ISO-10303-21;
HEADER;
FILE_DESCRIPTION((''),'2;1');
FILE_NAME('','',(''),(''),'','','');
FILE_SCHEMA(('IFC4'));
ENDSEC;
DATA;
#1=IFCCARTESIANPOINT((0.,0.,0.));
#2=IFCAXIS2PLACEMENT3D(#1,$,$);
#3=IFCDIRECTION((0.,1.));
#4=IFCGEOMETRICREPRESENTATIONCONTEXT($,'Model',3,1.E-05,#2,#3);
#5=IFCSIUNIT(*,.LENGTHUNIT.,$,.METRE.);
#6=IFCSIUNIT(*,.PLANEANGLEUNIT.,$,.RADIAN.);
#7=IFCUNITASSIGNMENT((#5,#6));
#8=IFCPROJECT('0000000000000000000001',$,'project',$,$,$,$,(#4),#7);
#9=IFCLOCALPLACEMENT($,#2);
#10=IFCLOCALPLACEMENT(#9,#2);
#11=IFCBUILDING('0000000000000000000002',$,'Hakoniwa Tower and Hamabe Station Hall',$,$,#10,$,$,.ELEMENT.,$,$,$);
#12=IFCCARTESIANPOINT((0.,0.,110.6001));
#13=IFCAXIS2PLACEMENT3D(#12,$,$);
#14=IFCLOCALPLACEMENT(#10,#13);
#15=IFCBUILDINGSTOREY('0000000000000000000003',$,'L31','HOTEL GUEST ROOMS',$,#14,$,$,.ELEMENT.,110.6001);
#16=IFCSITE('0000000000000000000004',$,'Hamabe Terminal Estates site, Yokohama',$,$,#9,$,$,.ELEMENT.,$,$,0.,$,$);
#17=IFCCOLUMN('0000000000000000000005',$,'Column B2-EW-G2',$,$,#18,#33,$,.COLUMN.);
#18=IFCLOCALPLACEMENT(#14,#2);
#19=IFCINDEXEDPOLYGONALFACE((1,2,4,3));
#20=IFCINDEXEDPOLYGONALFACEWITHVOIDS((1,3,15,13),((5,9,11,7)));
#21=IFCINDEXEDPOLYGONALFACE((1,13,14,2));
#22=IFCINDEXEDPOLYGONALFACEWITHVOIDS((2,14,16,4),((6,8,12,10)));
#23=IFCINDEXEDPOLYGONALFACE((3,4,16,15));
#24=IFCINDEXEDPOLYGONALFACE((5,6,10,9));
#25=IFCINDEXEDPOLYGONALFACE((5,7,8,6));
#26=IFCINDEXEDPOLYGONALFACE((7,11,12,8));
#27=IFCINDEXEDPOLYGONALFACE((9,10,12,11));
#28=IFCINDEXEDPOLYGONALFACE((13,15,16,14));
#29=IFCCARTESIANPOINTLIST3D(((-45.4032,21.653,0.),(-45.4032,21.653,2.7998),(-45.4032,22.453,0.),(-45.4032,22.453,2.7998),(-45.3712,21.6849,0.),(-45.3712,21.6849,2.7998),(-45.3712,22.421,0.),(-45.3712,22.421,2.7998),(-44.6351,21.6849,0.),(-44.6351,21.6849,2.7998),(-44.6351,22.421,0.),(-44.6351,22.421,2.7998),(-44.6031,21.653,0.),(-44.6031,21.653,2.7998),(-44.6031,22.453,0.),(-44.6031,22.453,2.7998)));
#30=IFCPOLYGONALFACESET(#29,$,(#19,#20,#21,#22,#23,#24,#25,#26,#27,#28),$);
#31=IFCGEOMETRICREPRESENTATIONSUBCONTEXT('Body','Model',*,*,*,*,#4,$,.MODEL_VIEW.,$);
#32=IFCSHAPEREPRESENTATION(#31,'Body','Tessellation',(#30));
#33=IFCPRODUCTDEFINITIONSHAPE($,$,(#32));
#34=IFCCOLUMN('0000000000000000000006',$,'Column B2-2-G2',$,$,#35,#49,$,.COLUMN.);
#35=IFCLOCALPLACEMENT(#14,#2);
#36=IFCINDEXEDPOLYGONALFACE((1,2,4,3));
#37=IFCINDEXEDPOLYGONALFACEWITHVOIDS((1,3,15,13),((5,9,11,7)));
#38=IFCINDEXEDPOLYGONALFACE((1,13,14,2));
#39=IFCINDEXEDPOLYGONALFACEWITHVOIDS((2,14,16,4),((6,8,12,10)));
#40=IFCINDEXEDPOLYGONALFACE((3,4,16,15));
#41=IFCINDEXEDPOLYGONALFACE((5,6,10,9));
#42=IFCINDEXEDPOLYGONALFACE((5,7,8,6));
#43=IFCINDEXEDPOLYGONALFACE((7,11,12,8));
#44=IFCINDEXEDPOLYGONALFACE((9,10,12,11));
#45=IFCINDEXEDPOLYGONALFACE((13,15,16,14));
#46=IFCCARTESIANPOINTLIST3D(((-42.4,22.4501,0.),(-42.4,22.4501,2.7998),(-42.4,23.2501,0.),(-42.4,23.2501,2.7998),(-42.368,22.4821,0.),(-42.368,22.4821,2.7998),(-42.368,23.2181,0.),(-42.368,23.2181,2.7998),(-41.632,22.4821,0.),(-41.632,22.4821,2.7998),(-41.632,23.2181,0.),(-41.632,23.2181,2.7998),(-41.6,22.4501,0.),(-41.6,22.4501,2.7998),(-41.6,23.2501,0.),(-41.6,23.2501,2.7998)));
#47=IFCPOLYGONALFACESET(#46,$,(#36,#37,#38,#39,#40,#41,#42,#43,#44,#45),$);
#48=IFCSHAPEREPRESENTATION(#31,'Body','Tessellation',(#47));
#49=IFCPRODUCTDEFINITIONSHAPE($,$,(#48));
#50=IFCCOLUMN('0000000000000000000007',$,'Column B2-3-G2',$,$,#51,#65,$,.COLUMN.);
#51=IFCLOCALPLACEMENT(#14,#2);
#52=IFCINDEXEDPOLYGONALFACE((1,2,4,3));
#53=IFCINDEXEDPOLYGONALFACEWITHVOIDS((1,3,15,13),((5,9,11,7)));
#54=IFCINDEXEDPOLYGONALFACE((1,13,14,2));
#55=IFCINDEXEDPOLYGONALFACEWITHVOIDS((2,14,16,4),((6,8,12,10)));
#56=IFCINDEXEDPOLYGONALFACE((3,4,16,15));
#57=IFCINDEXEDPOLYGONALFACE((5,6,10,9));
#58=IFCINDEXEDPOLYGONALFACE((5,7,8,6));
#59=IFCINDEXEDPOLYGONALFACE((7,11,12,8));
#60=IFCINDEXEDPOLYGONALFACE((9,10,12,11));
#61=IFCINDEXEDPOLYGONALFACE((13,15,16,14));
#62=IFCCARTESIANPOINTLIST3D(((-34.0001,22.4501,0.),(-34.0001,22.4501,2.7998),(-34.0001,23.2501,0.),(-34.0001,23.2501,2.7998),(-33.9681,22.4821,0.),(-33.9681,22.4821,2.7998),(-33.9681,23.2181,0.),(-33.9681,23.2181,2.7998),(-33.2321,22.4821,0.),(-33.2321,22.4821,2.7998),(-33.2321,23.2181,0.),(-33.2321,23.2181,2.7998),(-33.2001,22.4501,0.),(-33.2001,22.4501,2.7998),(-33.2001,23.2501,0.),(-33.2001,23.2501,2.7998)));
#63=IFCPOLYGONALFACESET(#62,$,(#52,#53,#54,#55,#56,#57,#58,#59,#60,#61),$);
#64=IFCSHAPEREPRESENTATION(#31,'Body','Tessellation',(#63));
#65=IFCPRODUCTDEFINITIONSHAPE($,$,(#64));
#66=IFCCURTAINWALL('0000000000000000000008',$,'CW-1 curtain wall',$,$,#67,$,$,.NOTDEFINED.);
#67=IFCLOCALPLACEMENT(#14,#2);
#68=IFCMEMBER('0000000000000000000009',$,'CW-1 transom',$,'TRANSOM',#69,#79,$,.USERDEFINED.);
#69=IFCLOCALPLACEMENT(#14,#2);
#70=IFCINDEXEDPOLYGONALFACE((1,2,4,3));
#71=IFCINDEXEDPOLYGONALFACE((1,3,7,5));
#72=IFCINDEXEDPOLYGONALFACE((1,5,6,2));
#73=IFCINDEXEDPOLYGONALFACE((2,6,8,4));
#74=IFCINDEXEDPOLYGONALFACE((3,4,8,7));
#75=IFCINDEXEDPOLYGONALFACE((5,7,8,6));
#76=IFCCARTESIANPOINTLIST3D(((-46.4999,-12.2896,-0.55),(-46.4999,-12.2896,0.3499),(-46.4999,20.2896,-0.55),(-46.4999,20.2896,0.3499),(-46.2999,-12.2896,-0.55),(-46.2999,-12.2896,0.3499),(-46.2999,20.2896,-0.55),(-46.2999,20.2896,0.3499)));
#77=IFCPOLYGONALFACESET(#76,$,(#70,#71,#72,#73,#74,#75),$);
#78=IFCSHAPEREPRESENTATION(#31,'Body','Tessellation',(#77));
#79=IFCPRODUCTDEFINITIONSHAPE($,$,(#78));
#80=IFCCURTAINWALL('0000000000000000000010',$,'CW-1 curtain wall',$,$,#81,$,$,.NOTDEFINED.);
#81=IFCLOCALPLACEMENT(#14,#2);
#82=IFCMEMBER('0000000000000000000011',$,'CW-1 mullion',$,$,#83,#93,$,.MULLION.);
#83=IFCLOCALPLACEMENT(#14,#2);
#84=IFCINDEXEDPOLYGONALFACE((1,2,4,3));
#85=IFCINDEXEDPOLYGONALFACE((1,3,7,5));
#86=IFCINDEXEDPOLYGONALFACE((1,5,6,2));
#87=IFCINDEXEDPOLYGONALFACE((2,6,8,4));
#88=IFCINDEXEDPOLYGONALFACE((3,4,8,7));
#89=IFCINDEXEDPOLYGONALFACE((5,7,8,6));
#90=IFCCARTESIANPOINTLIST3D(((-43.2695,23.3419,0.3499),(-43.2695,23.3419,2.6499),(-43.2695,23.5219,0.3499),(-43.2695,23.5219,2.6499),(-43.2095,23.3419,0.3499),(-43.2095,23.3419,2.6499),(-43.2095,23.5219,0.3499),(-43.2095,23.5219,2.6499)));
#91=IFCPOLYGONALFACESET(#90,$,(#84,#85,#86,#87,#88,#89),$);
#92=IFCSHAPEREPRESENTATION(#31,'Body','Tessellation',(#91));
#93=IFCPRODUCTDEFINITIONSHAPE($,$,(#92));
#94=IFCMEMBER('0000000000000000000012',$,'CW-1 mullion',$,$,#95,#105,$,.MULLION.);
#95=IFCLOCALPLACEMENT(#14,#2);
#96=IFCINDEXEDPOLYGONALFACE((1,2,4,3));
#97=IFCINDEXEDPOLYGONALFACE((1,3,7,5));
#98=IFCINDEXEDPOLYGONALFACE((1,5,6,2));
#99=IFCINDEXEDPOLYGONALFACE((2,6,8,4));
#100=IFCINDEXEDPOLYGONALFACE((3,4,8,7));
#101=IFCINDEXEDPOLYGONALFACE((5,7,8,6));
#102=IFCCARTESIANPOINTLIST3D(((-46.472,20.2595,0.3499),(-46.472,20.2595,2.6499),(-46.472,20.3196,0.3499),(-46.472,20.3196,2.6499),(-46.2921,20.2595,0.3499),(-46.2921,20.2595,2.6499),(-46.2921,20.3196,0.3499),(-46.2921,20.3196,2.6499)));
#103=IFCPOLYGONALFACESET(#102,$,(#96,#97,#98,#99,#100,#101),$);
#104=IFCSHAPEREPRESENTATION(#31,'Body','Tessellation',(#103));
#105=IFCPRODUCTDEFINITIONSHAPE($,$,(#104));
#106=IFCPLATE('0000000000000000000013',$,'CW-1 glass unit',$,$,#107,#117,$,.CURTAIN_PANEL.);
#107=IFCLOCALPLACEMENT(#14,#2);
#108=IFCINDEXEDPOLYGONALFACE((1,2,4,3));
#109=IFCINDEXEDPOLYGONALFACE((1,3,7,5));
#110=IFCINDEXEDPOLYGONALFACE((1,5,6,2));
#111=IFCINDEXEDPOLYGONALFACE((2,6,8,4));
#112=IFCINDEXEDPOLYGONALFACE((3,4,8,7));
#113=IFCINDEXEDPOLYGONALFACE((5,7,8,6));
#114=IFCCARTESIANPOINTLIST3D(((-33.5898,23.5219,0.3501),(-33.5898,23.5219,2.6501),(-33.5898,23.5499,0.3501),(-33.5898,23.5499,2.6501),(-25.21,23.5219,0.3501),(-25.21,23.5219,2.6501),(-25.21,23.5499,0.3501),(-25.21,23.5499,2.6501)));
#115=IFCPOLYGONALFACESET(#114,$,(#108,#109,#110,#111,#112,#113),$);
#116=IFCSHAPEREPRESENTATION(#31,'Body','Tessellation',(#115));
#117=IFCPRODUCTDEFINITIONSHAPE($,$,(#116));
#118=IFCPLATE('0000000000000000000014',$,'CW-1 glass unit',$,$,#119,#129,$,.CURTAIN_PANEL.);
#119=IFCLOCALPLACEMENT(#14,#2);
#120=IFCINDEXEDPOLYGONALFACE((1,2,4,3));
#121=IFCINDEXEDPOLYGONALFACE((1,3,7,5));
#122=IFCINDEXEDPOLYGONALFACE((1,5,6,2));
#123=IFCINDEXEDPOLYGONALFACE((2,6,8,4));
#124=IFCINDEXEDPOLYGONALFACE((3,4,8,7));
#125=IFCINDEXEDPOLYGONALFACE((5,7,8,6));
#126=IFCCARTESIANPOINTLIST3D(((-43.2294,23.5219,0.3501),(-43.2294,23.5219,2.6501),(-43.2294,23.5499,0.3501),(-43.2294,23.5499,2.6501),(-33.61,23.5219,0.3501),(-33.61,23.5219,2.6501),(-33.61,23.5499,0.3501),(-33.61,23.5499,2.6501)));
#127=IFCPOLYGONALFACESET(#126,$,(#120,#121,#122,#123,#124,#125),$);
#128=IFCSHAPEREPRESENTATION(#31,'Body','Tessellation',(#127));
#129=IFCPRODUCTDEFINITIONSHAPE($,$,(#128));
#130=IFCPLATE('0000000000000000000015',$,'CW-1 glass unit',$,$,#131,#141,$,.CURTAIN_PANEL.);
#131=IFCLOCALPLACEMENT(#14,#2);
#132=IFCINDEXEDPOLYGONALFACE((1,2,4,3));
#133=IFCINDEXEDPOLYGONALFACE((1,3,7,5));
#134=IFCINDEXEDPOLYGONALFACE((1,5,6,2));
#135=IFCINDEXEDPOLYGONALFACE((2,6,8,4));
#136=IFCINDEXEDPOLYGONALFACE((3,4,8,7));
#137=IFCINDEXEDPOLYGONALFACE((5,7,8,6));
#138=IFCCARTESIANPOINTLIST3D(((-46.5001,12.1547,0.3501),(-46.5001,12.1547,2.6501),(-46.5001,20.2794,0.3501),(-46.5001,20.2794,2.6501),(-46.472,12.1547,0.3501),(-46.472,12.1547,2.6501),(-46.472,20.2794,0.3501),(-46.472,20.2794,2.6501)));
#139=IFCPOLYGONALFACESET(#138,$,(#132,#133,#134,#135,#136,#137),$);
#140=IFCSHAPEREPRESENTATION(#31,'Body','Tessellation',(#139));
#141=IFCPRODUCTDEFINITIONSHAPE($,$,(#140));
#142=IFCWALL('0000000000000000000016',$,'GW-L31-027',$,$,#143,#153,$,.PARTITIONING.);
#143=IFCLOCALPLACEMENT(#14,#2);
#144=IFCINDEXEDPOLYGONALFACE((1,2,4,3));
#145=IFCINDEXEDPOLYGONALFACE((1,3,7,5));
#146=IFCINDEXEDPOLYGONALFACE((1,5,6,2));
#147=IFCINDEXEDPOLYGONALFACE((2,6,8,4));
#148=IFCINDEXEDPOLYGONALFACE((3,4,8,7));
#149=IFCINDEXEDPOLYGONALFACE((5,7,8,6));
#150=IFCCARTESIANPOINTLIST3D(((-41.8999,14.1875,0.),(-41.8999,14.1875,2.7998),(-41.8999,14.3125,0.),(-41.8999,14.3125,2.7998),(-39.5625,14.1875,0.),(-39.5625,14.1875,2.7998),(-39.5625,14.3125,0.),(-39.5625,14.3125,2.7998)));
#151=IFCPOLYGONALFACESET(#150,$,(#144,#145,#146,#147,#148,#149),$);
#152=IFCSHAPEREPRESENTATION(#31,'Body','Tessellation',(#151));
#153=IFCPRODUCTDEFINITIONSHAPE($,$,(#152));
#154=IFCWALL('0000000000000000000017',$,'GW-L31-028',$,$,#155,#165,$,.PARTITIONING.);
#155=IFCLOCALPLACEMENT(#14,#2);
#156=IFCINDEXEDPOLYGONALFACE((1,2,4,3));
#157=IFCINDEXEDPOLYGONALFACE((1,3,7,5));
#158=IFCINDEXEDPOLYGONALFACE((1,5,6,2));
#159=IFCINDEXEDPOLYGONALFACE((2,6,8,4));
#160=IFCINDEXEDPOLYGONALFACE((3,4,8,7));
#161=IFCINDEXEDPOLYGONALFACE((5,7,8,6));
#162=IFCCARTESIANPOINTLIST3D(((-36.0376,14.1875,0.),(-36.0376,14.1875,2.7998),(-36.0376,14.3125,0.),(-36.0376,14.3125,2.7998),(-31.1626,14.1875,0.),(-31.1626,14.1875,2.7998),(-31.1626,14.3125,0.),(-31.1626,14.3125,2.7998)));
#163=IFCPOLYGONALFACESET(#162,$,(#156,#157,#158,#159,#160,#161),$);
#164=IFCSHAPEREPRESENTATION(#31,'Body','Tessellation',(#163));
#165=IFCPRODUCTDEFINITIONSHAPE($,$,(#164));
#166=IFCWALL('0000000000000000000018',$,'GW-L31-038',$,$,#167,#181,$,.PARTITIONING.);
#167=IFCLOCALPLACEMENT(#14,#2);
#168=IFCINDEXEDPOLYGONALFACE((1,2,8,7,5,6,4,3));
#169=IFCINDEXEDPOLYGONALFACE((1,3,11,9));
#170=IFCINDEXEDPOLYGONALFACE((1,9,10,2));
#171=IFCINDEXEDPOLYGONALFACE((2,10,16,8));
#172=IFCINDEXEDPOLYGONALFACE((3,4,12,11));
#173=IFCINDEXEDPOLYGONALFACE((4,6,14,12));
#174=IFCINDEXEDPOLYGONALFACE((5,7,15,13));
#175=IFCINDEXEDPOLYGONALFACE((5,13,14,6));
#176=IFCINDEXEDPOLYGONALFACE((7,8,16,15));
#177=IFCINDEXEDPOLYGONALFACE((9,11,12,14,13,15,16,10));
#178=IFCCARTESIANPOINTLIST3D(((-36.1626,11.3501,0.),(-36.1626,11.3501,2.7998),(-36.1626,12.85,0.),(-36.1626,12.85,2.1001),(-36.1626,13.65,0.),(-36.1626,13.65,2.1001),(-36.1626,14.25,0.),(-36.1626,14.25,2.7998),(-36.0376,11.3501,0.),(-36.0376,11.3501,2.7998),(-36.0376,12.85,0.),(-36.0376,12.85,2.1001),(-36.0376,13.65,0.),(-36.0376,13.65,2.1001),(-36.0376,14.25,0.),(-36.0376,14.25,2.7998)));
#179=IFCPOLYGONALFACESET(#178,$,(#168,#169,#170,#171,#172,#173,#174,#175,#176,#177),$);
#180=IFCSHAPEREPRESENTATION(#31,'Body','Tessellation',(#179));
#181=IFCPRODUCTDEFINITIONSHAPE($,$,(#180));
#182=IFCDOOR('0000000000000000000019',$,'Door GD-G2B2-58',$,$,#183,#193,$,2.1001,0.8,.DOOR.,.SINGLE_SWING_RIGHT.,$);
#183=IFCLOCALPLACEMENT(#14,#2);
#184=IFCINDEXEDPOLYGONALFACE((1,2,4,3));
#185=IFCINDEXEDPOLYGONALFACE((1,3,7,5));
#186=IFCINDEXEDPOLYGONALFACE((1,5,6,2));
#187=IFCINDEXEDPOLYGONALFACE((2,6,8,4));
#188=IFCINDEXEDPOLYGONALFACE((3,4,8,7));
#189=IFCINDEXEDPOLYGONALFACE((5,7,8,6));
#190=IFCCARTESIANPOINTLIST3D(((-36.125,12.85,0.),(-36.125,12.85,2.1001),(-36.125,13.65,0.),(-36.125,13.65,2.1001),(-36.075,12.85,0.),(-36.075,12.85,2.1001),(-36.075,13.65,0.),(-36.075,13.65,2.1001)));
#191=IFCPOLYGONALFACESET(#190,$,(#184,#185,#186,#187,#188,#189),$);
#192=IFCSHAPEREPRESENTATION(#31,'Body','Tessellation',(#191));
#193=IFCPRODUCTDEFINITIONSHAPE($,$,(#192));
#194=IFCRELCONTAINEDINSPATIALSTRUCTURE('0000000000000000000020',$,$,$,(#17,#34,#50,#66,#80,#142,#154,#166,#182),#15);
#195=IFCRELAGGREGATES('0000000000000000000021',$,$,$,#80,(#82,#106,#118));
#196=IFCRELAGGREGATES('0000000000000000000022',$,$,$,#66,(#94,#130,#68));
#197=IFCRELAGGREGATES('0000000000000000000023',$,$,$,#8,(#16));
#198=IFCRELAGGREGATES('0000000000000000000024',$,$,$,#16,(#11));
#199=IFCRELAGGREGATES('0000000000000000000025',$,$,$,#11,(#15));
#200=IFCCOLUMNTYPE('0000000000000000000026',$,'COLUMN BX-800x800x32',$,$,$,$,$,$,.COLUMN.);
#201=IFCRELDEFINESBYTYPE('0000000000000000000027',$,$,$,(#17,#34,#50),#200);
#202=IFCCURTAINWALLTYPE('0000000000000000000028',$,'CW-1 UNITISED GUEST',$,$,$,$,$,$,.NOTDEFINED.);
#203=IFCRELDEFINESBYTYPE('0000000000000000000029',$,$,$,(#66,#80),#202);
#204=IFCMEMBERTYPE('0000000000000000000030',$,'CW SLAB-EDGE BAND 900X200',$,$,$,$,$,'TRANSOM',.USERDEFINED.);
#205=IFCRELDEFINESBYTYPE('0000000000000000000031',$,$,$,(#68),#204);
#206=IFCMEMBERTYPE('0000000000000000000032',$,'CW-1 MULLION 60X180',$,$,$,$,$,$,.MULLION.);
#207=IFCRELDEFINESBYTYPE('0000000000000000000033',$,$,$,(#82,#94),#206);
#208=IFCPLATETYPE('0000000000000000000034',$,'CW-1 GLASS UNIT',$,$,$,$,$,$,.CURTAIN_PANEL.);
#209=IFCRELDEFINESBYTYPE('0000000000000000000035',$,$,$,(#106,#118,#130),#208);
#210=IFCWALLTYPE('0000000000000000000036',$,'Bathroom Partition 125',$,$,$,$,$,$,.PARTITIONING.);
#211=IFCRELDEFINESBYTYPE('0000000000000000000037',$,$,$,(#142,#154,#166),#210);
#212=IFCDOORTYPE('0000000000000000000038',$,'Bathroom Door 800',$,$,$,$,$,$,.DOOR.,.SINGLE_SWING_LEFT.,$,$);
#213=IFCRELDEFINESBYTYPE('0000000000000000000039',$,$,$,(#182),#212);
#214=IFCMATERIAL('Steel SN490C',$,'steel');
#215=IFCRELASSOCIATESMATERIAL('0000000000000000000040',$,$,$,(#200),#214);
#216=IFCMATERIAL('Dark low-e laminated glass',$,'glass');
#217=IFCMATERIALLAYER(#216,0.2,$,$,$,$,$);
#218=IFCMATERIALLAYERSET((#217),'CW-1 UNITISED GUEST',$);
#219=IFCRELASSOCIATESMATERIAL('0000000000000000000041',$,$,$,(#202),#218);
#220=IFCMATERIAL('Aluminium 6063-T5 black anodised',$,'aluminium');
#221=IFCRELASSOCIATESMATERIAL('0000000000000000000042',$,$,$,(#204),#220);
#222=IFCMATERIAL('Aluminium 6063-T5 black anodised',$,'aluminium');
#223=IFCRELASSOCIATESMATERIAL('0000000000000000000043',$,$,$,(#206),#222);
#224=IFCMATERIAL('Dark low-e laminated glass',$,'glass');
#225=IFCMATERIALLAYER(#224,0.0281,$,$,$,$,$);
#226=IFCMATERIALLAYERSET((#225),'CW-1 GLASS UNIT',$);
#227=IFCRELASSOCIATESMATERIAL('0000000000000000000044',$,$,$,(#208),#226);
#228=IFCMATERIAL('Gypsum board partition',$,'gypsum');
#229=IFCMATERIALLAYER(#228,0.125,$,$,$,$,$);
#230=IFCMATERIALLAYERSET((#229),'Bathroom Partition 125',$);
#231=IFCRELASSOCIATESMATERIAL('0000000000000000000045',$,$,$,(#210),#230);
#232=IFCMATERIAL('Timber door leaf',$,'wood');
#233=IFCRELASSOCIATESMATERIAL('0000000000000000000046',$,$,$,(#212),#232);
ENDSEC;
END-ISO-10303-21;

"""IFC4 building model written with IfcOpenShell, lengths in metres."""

from ifc_helpers import new_model, si_unit, direction, frame, frame_2d, origin, origin_2d, place, context, subcontext, project, spatial, rectangle, hollow_rectangle, extrude, material, layer, layer_set, material_profile, profile_set, type_object, element, fill, aggregate, save


model = new_model("IFC4")

# Units and contexts
model_context = context("Model", 3, precision=1e-05, world=origin(), true_north=direction((0.0, 1.0)))
body_context = subcontext(model_context, "Body", "Model", "MODEL_VIEW")
ifc_project = project(units=[si_unit("LENGTHUNIT", "METRE"), si_unit("PLANEANGLEUNIT", "RADIAN")], contexts=[model_context])

# Site, building, storey
site_placement = place(None, origin())
site = spatial("IfcSite", under=ifc_project, at=site_placement, Name="Hamabe Terminal Estates site, Yokohama", CompositionType="ELEMENT", RefElevation=0.0)
building_placement = place(site_placement, origin())
building = spatial("IfcBuilding", under=site, at=building_placement, Name="Hakoniwa Tower and Hamabe Station Hall", CompositionType="ELEMENT")
storey_placement = place(building_placement, frame((0.0, 0.0, 110.6001)))
storey = spatial("IfcBuildingStorey", under=building, at=storey_placement, Name="L31", Description="HOTEL GUEST ROOMS", CompositionType="ELEMENT", Elevation=110.6001)

# Columns
ifc_material_1 = material(Name="Steel SN490C", Category="steel")
ifc_material_profile_1 = material_profile(ifc_material_1, hollow_rectangle(XDim=0.8, YDim=0.8, WallThickness=0.032, at=origin_2d()), Name="BX-800x800x32")
ifc_profile_set_1 = profile_set([ifc_material_profile_1], Name="Steel SN490C")
column_type = type_object("IfcColumnType", Name="COLUMN BX-800x800x32", PredefinedType="COLUMN", material=ifc_profile_set_1)
for number, where, z_axis, x_axis, name in (
    (1, (-45.0032, 22.053, 0.0), (0.0, 0.0, 1.0), (1.0, 0.0, 0.0), "Column B2-EW-G2"),
    (2, (-42.0, 22.8501, 0.0), (0.0, 0.0, 1.0), (1.0, 0.0, 0.0), "Column B2-2-G2"),
    (3, (-33.6001, 22.8501, 0.0), (0.0, 0.0, 1.0), (1.0, 0.0, 0.0), "Column B2-3-G2"),
):
    element("IfcColumn", number, at=place(storey_placement, frame(where, z_axis=z_axis, x_axis=x_axis)), inside=storey, type_object=column_type, Name=name, PredefinedType="COLUMN", context=body_context, shape_type="SweptSolid", body=[
        extrude(hollow_rectangle(XDim=0.8, YDim=0.8, WallThickness=0.032, at=origin_2d()), origin(), (0.0, 0.0, 1.0), 2.7998),
    ])

# Curtain walls, members
ifc_material_2 = material(Name="Dark low-e laminated glass", Category="glass")
ifc_layer_1 = layer(ifc_material_2, 0.2)
ifc_layer_set_1 = layer_set([ifc_layer_1], Name="CW-1 UNITISED GUEST")
curtain_wall_type = type_object("IfcCurtainWallType", Name="CW-1 UNITISED GUEST", PredefinedType="NOTDEFINED", material=ifc_layer_set_1)
curtain_wall_1_placement = place(storey_placement, origin())
curtain_wall_1 = element("IfcCurtainWall", 4, at=curtain_wall_1_placement, inside=storey, type_object=curtain_wall_type, Name="CW-1 curtain wall", PredefinedType="NOTDEFINED")
ifc_material_3 = material(Name="Aluminium 6063-T5 black anodised", Category="aluminium")
ifc_material_profile_2 = material_profile(ifc_material_3, rectangle(XDim=0.2, YDim=0.8999, at=origin_2d()), Name="CW SLAB-EDGE BAND 900X200")
ifc_profile_set_2 = profile_set([ifc_material_profile_2], Name="Aluminium 6063-T5 black anodised")
member_type_1 = type_object("IfcMemberType", Name="CW SLAB-EDGE BAND 900X200", ElementType="TRANSOM", PredefinedType="USERDEFINED", material=ifc_profile_set_2)
member_1_placement = place(storey_placement, frame((-46.3999, 20.2896, -0.1001), z_axis=(0.0, -1.0, 0.0), x_axis=(1.0, 0.0, 0.0)))
member_1 = element("IfcMember", 5, at=member_1_placement, type_object=member_type_1, Name="CW-1 transom", ObjectType="TRANSOM", PredefinedType="USERDEFINED", context=body_context, shape_type="SweptSolid", body=[
    extrude(rectangle(XDim=0.2, YDim=0.8999, at=origin_2d()), origin(), (0.0, 0.0, 1.0), 32.5791),
])
curtain_wall_2_placement = place(storey_placement, origin())
curtain_wall_2 = element("IfcCurtainWall", 6, at=curtain_wall_2_placement, inside=storey, type_object=curtain_wall_type, Name="CW-1 curtain wall", PredefinedType="NOTDEFINED")
ifc_material_4 = material(Name="Aluminium 6063-T5 black anodised", Category="aluminium")
ifc_material_profile_3 = material_profile(ifc_material_4, rectangle(XDim=0.0601, YDim=0.1799, at=origin_2d()), Name="CW-1 MULLION 60X180")
ifc_profile_set_3 = profile_set([ifc_material_profile_3], Name="Aluminium 6063-T5 black anodised")
member_type_2 = type_object("IfcMemberType", Name="CW-1 MULLION 60X180", PredefinedType="MULLION", material=ifc_profile_set_3)
member_2_placement = place(storey_placement, frame((-43.2395, 23.4319, 0.3499), z_axis=(0.0, 0.0, 1.0), x_axis=(-1.0, 0.0, 0.0)))
member_2 = element("IfcMember", 7, at=member_2_placement, type_object=member_type_2, Name="CW-1 mullion", PredefinedType="MULLION", context=body_context, shape_type="SweptSolid", body=[
    extrude(rectangle(XDim=0.0601, YDim=0.1799, at=origin_2d()), origin(), (0.0, 0.0, 1.0), 2.3),
])

# Member
member_3_placement = place(storey_placement, frame((-46.3821, 20.2896, 0.3499), z_axis=(0.0, 0.0, 1.0), x_axis=(0.0, -1.0, 0.0)))
member_3 = element("IfcMember", 8, at=member_3_placement, type_object=member_type_2, Name="CW-1 mullion", PredefinedType="MULLION", context=body_context, shape_type="SweptSolid", body=[
    extrude(rectangle(XDim=0.0601, YDim=0.1799, at=origin_2d()), origin(), (0.0, 0.0, 1.0), 2.3),
])

# Plates
ifc_material_5 = material(Name="Dark low-e laminated glass", Category="glass")
ifc_layer_2 = layer(ifc_material_5, 0.0281)
ifc_layer_set_2 = layer_set([ifc_layer_2], Name="CW-1 GLASS UNIT")
plate_type = type_object("IfcPlateType", Name="CW-1 GLASS UNIT", PredefinedType="CURTAIN_PANEL", material=ifc_layer_set_2)
plate_1_placement = place(storey_placement, frame((-29.3999, 23.5359, 0.3501), z_axis=(0.0, 0.0, 1.0), x_axis=(-1.0, 0.0, 0.0)))
plate_1 = element("IfcPlate", 9, at=plate_1_placement, type_object=plate_type, Name="CW-1 glass unit", PredefinedType="CURTAIN_PANEL", context=body_context, shape_type="SweptSolid", body=[
    extrude(rectangle(XDim=8.3799, YDim=0.0281, at=origin_2d()), origin(), (0.0, 0.0, 1.0), 2.3),
])
plate_2_placement = place(storey_placement, frame((-38.4197, 23.5359, 0.3501), z_axis=(0.0, 0.0, 1.0), x_axis=(-1.0, 0.0, 0.0)))
plate_2 = element("IfcPlate", 10, at=plate_2_placement, type_object=plate_type, Name="CW-1 glass unit", PredefinedType="CURTAIN_PANEL", context=body_context, shape_type="SweptSolid", body=[
    extrude(rectangle(XDim=9.6194, YDim=0.0281, at=origin_2d()), origin(), (0.0, 0.0, 1.0), 2.3),
])
aggregate(curtain_wall_2, [member_2, plate_1, plate_2])
plate_3_placement = place(storey_placement, frame((-46.4861, 16.217, 0.3501), z_axis=(0.0, 0.0, 1.0), x_axis=(0.0, -1.0, 0.0)))
plate_3 = element("IfcPlate", 11, at=plate_3_placement, type_object=plate_type, Name="CW-1 glass unit", PredefinedType="CURTAIN_PANEL", context=body_context, shape_type="SweptSolid", body=[
    extrude(rectangle(XDim=8.1248, YDim=0.0281, at=origin_2d()), origin(), (0.0, 0.0, 1.0), 2.3),
])
aggregate(curtain_wall_1, [member_3, plate_3, member_1])

# Walls
ifc_material_6 = material(Name="Gypsum board partition", Category="gypsum")
ifc_layer_3 = layer(ifc_material_6, 0.125)
ifc_layer_set_3 = layer_set([ifc_layer_3], Name="Bathroom Partition 125")
wall_type_1 = type_object("IfcWallType", Name="Bathroom Partition 125", PredefinedType="PARTITIONING", material=ifc_layer_set_3)
wall_1_placement = place(storey_placement, frame((-41.8999, 14.25, 0.0), z_axis=(0.0, 0.0, 1.0), x_axis=(1.0, 0.0, 0.0)))
element("IfcWall", 12, at=wall_1_placement, inside=storey, type_object=wall_type_1, Name="GW-L31-027", PredefinedType="PARTITIONING", context=body_context, shape_type="SweptSolid", body=[
    extrude(rectangle(XDim=2.3374, YDim=0.125, at=frame_2d((1.1687, 0.0))), origin(), (0.0, 0.0, 1.0), 2.7998),
])
wall_2_placement = place(storey_placement, frame((-36.0376, 14.25, 0.0), z_axis=(0.0, 0.0, 1.0), x_axis=(1.0, 0.0, 0.0)))
element("IfcWall", 13, at=wall_2_placement, inside=storey, type_object=wall_type_1, Name="GW-L31-028", PredefinedType="PARTITIONING", context=body_context, shape_type="SweptSolid", body=[
    extrude(rectangle(XDim=4.875, YDim=0.125, at=frame_2d((2.4375, 0.0))), origin(), (0.0, 0.0, 1.0), 2.7998),
])

# Wall, opening, door
wall_3_placement = place(storey_placement, frame((-36.1001, 11.3501, 0.0), z_axis=(0.0, 0.0, 1.0), x_axis=(0.0, 1.0, 0.0)))
wall_3 = element("IfcWall", 14, at=wall_3_placement, inside=storey, type_object=wall_type_1, Name="GW-L31-038", PredefinedType="PARTITIONING", context=body_context, shape_type="SweptSolid", body=[
    extrude(rectangle(XDim=2.8999, YDim=0.125, at=frame_2d((1.45, 0.0))), origin(), (0.0, 0.0, 1.0), 2.7998),
])
opening_1_placement = place(wall_3_placement, frame((1.5, 0.0, 0.0)))
opening_1 = element("IfcOpeningElement", 15, at=opening_1_placement, cuts=wall_3, PredefinedType="OPENING", context=body_context, shape_type="SweptSolid", body=[
    extrude(rectangle(XDim=0.8, YDim=2.1001, at=frame_2d((0.3999, 1.05))), frame((0.0, 0.0725, 0.0), z_axis=(0.0, -1.0, 0.0), x_axis=(1.0, 0.0, 0.0)), (0.0, 0.0, 1.0), 0.145),
])
ifc_material_7 = material(Name="Timber door leaf", Category="wood")
door_type = type_object("IfcDoorType", Name="Bathroom Door 800", OperationType="SINGLE_SWING_LEFT", PredefinedType="DOOR", material=ifc_material_7)
door_1_placement = place(opening_1_placement, origin())
door_1 = element("IfcDoor", 16, at=door_1_placement, inside=storey, type_object=door_type, Name="Door GD-G2B2-58", OperationType="SINGLE_SWING_RIGHT", OverallHeight=2.1001, OverallWidth=0.8, PredefinedType="DOOR", context=body_context, shape_type="SweptSolid", body=[
    extrude(rectangle(XDim=0.8, YDim=2.1001, at=frame_2d((0.3999, 1.05))), frame((0.0, 0.0249, 0.0), z_axis=(0.0, -1.0, 0.0), x_axis=(1.0, 0.0, 0.0)), (0.0, 0.0, 1.0), 0.05),
])
fill(opening_1, door_1)

save(model, "model.ifc")
